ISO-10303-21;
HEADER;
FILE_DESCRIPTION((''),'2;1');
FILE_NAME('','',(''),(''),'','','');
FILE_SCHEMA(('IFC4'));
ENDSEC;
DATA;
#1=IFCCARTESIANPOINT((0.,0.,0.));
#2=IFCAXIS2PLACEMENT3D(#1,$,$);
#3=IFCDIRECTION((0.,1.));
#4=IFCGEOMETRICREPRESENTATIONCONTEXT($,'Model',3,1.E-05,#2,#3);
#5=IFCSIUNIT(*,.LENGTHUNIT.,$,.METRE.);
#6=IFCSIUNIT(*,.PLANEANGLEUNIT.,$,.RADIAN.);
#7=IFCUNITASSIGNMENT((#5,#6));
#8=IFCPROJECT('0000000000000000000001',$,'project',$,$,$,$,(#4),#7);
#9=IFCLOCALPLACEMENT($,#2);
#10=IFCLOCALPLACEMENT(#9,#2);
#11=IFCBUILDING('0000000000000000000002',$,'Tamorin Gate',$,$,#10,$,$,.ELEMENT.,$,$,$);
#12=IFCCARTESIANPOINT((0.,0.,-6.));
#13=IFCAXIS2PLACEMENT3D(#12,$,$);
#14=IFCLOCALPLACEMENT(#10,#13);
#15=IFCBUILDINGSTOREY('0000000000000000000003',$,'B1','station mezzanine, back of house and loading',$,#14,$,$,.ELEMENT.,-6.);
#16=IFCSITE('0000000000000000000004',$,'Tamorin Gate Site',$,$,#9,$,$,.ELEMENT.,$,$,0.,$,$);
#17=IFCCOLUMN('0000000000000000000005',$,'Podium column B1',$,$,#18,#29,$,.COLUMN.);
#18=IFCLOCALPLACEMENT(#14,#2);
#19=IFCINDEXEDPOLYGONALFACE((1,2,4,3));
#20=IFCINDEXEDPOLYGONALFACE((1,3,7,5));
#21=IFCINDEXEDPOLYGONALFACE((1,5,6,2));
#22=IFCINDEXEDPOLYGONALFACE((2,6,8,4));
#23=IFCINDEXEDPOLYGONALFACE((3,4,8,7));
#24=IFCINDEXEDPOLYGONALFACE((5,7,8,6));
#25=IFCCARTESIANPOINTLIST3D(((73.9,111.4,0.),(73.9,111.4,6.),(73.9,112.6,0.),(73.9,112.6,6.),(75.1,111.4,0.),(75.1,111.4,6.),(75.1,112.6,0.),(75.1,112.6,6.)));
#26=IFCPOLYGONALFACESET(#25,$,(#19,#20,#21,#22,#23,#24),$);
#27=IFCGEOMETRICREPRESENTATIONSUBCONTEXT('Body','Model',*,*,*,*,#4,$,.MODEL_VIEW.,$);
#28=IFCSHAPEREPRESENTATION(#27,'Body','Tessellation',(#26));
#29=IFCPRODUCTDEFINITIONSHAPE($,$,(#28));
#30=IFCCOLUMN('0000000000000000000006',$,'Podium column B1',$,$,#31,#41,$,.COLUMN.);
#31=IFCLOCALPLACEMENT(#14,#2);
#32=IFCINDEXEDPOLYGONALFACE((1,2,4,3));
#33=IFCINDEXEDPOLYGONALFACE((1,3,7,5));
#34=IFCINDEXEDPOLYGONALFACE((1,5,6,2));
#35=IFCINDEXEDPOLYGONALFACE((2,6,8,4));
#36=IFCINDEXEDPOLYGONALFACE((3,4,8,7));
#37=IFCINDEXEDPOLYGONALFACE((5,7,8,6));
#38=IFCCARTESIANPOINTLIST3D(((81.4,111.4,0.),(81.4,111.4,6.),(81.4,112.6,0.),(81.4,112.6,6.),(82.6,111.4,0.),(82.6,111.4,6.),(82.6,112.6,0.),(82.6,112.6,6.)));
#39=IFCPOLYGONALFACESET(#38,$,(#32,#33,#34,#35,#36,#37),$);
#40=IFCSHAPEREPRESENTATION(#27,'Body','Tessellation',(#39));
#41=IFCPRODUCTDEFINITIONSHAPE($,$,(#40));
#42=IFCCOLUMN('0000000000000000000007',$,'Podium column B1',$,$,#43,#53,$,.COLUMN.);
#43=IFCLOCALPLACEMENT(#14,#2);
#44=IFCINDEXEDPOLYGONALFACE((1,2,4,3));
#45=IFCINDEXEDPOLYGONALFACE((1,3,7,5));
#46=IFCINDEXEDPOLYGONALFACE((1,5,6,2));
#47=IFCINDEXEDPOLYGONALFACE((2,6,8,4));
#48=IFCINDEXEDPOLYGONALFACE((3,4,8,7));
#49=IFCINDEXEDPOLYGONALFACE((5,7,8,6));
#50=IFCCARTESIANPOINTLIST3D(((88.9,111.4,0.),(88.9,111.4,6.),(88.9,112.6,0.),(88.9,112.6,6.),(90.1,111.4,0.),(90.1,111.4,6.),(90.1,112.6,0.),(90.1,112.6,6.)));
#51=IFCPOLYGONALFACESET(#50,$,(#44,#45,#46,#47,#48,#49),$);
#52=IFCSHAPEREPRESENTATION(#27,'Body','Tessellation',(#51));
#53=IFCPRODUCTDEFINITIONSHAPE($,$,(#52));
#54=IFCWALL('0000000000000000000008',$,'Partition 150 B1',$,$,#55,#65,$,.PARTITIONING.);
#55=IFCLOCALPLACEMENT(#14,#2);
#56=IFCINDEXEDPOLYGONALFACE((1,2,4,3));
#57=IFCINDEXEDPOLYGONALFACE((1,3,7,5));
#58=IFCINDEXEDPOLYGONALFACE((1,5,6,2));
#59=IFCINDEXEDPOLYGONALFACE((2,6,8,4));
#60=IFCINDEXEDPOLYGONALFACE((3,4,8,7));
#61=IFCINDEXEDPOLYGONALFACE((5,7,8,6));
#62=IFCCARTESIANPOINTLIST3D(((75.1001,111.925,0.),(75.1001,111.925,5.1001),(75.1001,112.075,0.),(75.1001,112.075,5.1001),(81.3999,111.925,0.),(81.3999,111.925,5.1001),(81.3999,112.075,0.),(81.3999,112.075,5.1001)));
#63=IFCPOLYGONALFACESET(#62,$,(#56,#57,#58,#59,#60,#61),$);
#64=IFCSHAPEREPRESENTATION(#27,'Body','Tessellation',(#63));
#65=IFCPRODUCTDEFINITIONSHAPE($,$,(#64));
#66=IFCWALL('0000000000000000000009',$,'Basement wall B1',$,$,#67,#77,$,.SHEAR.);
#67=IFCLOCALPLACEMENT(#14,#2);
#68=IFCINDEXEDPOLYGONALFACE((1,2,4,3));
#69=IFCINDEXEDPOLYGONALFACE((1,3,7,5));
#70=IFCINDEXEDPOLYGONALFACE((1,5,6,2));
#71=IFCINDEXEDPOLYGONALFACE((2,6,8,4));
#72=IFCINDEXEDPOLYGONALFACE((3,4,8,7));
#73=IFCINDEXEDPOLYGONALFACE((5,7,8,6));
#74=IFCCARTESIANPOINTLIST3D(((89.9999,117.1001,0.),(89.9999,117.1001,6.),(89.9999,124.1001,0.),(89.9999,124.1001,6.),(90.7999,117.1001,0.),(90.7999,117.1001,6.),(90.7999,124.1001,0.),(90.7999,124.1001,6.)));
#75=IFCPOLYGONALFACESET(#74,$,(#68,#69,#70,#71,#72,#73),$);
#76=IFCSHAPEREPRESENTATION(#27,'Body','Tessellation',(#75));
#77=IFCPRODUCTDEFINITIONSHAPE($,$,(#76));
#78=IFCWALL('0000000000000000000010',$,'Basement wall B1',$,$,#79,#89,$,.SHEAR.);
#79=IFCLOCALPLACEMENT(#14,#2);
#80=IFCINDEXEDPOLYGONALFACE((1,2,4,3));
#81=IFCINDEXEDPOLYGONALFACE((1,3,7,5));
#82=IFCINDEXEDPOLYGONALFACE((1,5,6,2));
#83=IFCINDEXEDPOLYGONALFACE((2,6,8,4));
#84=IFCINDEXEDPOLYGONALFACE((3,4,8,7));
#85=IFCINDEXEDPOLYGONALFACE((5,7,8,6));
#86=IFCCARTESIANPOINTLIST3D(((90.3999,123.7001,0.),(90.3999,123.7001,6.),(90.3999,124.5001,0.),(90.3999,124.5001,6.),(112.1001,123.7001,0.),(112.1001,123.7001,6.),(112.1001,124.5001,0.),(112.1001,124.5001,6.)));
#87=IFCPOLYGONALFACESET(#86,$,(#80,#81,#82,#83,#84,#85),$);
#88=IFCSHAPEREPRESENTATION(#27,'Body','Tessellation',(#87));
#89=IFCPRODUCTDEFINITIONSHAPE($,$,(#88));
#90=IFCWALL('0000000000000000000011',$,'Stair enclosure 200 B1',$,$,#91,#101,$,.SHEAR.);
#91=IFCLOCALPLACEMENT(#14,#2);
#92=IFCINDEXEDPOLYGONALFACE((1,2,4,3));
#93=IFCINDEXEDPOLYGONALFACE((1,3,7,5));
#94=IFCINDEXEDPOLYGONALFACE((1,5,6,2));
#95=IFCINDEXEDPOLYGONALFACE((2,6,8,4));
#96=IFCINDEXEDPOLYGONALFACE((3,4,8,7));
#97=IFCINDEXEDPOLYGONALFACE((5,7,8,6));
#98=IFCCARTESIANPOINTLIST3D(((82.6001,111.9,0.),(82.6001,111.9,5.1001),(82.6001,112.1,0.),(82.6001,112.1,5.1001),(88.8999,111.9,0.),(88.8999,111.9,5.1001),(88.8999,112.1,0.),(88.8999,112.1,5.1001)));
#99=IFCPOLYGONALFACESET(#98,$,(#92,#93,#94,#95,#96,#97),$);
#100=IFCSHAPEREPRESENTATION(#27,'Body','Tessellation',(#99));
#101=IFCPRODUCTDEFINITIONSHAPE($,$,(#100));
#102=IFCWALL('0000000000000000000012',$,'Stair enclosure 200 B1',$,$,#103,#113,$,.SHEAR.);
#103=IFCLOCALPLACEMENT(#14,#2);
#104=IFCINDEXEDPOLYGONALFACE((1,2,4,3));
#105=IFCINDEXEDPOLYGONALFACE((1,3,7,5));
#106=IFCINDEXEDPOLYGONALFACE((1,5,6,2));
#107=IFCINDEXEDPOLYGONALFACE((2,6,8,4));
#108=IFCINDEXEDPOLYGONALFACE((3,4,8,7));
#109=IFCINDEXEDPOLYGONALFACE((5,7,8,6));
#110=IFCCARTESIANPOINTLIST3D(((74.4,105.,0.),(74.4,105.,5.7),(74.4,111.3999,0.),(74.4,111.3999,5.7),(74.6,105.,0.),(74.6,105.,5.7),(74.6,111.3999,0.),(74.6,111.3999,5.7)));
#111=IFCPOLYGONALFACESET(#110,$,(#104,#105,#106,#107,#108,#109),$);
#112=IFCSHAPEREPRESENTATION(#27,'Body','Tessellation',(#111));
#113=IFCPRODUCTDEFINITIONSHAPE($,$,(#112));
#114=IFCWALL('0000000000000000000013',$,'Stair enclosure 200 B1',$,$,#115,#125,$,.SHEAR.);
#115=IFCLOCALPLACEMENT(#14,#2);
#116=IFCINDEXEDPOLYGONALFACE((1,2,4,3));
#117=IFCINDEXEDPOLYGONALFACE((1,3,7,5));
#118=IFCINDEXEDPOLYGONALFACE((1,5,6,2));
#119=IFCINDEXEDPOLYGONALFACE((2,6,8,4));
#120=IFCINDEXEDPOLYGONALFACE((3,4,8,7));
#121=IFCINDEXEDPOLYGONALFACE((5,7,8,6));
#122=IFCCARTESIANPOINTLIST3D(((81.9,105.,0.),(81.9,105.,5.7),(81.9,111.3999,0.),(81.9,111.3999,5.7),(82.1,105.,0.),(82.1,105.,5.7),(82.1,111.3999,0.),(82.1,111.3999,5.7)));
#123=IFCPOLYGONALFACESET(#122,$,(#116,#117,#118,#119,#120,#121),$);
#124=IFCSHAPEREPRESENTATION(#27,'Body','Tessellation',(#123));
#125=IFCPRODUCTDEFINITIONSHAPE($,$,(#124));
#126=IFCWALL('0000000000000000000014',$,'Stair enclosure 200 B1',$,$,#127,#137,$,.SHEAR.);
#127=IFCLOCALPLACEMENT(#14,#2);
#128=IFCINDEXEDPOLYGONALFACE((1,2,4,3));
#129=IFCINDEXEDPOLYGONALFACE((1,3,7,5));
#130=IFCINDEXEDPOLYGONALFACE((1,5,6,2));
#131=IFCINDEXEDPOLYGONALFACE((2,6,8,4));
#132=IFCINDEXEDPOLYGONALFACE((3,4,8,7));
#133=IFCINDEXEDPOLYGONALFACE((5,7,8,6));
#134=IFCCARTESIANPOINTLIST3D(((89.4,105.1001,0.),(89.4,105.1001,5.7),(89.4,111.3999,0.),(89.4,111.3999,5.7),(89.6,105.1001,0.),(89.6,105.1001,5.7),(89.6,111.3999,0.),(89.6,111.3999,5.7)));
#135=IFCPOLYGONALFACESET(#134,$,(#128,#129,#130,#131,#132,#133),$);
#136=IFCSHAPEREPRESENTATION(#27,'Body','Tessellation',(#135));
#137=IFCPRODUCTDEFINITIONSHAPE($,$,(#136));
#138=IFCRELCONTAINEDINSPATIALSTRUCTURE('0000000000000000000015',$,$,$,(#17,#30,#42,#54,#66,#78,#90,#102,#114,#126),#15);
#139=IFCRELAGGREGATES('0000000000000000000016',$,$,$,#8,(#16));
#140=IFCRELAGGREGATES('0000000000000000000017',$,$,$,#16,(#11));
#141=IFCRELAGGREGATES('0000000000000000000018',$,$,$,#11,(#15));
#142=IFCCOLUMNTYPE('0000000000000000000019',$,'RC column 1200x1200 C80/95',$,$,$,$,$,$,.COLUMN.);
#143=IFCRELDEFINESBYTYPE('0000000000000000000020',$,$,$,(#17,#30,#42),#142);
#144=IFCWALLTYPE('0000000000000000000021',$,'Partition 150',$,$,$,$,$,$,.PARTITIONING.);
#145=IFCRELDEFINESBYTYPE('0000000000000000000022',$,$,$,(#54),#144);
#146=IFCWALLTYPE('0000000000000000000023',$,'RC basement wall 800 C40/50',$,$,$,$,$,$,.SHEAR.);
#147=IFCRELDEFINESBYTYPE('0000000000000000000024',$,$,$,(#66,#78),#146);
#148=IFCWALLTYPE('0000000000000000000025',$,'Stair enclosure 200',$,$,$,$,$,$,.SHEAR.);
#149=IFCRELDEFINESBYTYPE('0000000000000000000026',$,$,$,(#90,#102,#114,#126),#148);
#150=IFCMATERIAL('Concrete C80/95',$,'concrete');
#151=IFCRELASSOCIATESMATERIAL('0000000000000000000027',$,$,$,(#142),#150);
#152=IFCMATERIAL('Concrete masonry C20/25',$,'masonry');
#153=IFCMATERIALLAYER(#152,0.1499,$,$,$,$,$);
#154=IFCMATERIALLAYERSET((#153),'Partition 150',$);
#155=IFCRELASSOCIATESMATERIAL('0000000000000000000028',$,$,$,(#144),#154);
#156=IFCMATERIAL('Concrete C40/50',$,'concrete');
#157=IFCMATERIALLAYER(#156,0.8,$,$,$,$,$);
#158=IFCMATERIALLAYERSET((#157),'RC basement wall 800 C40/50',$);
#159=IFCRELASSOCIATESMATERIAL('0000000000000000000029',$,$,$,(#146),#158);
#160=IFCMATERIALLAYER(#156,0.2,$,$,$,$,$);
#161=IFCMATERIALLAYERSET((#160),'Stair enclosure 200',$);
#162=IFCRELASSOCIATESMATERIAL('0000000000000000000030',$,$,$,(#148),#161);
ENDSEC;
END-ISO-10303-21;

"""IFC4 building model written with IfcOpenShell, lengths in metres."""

from ifc_helpers import new_model, si_unit, direction, frame, frame_2d, origin, origin_2d, place, context, subcontext, project, spatial, rectangle, extrude, material, layer, layer_set, material_profile, profile_set, type_object, element, save


model = new_model("IFC4")

# Units and contexts
model_context = context("Model", 3, precision=1e-05, world=origin(), true_north=direction((0.0, 1.0)))
body_context = subcontext(model_context, "Body", "Model", "MODEL_VIEW")
ifc_project = project(units=[si_unit("LENGTHUNIT", "METRE"), si_unit("PLANEANGLEUNIT", "RADIAN")], contexts=[model_context])

# Site, building, storey
site_placement = place(None, origin())
site = spatial("IfcSite", under=ifc_project, at=site_placement, Name="Tamorin Gate Site", CompositionType="ELEMENT", RefElevation=0.0)
building_placement = place(site_placement, origin())
building = spatial("IfcBuilding", under=site, at=building_placement, Name="Tamorin Gate", CompositionType="ELEMENT")
storey_placement = place(building_placement, frame((0.0, 0.0, -6.0)))
storey = spatial("IfcBuildingStorey", under=building, at=storey_placement, Name="B1", Description="station mezzanine, back of house and loading", CompositionType="ELEMENT", Elevation=-6.0)

# Columns
ifc_material_1 = material(Name="Concrete C80/95", Category="concrete")
ifc_material_profile = material_profile(ifc_material_1, rectangle(XDim=1.2, YDim=1.2, at=origin_2d()), Name="RC 1200x1200")
ifc_profile_set = profile_set([ifc_material_profile], Name="Concrete C80/95")
column_type = type_object("IfcColumnType", Name="RC column 1200x1200 C80/95", PredefinedType="COLUMN", material=ifc_profile_set)
for number, where, z_axis, x_axis, name in (
    (1, (74.5, 112.0, 0.0), (0.0, 0.0, 1.0), (1.0, 0.0, 0.0), "Podium column B1"),
    (2, (82.0, 112.0, 0.0), (0.0, 0.0, 1.0), (1.0, 0.0, 0.0), "Podium column B1"),
    (3, (89.5, 112.0, 0.0), (0.0, 0.0, 1.0), (1.0, 0.0, 0.0), "Podium column B1"),
):
    element("IfcColumn", number, at=place(storey_placement, frame(where, z_axis=z_axis, x_axis=x_axis)), inside=storey, type_object=column_type, Name=name, PredefinedType="COLUMN", context=body_context, shape_type="SweptSolid", body=[
        extrude(rectangle(XDim=1.2, YDim=1.2, at=origin_2d()), origin(), (0.0, 0.0, 1.0), 6.0),
    ])

# Walls
ifc_material_2 = material(Name="Concrete masonry C20/25", Category="masonry")
ifc_layer_1 = layer(ifc_material_2, 0.1499)
ifc_layer_set_1 = layer_set([ifc_layer_1], Name="Partition 150")
wall_type_1 = type_object("IfcWallType", Name="Partition 150", PredefinedType="PARTITIONING", material=ifc_layer_set_1)
wall_1_placement = place(storey_placement, frame((75.1001, 112.0, 0.0), z_axis=(0.0, 0.0, 1.0), x_axis=(1.0, 0.0, 0.0)))
element("IfcWall", 4, at=wall_1_placement, inside=storey, type_object=wall_type_1, Name="Partition 150 B1", PredefinedType="PARTITIONING", context=body_context, shape_type="SweptSolid", body=[
    extrude(rectangle(XDim=6.2998, YDim=0.1499, at=frame_2d((3.1499, 0.0))), origin(), (0.0, 0.0, 1.0), 5.1001),
])
ifc_material_3 = material(Name="Concrete C40/50", Category="concrete")
ifc_layer_2 = layer(ifc_material_3, 0.8)
ifc_layer_set_2 = layer_set([ifc_layer_2], Name="RC basement wall 800 C40/50")
wall_type_2 = type_object("IfcWallType", Name="RC basement wall 800 C40/50", PredefinedType="SHEAR", material=ifc_layer_set_2)
wall_2_placement = place(storey_placement, frame((90.3999, 117.1001, 0.0), z_axis=(0.0, 0.0, 1.0), x_axis=(0.0, 1.0, 0.0)))
element("IfcWall", 5, at=wall_2_placement, inside=storey, type_object=wall_type_2, Name="Basement wall B1", PredefinedType="SHEAR", context=body_context, shape_type="SweptSolid", body=[
    extrude(rectangle(XDim=7.0, YDim=0.8, at=frame_2d((3.5, 0.0))), origin(), (0.0, 0.0, 1.0), 6.0),
])
wall_3_placement = place(storey_placement, frame((90.3999, 124.1001, 0.0), z_axis=(0.0, 0.0, 1.0), x_axis=(1.0, 0.0, 0.0)))
element("IfcWall", 6, at=wall_3_placement, inside=storey, type_object=wall_type_2, Name="Basement wall B1", PredefinedType="SHEAR", context=body_context, shape_type="SweptSolid", body=[
    extrude(rectangle(XDim=21.7002, YDim=0.8, at=frame_2d((10.8501, 0.0))), origin(), (0.0, 0.0, 1.0), 6.0),
])
ifc_layer_3 = layer(ifc_material_3, 0.2)
ifc_layer_set_3 = layer_set([ifc_layer_3], Name="Stair enclosure 200")
wall_type_3 = type_object("IfcWallType", Name="Stair enclosure 200", PredefinedType="SHEAR", material=ifc_layer_set_3)
wall_4_placement = place(storey_placement, frame((82.6001, 112.0, 0.0), z_axis=(0.0, 0.0, 1.0), x_axis=(1.0, 0.0, 0.0)))
element("IfcWall", 7, at=wall_4_placement, inside=storey, type_object=wall_type_3, Name="Stair enclosure 200 B1", PredefinedType="SHEAR", context=body_context, shape_type="SweptSolid", body=[
    extrude(rectangle(XDim=6.2998, YDim=0.2, at=frame_2d((3.1499, 0.0))), origin(), (0.0, 0.0, 1.0), 5.1001),
])
for number, where, z_axis, x_axis, name in (
    (8, (74.5, 105.0, 0.0), (0.0, 0.0, 1.0), (0.0, 1.0, 0.0), "Stair enclosure 200 B1"),
    (9, (82.0, 105.0, 0.0), (0.0, 0.0, 1.0), (0.0, 1.0, 0.0), "Stair enclosure 200 B1"),
):
    element("IfcWall", number, at=place(storey_placement, frame(where, z_axis=z_axis, x_axis=x_axis)), inside=storey, type_object=wall_type_3, Name=name, PredefinedType="SHEAR", context=body_context, shape_type="SweptSolid", body=[
        extrude(rectangle(XDim=6.3999, YDim=0.2, at=frame_2d((3.2, 0.0))), origin(), (0.0, 0.0, 1.0), 5.7),
    ])
wall_5_placement = place(storey_placement, frame((89.5, 105.1001, 0.0), z_axis=(0.0, 0.0, 1.0), x_axis=(0.0, 1.0, 0.0)))
element("IfcWall", 10, at=wall_5_placement, inside=storey, type_object=wall_type_3, Name="Stair enclosure 200 B1", PredefinedType="SHEAR", context=body_context, shape_type="SweptSolid", body=[
    extrude(rectangle(XDim=6.2998, YDim=0.2, at=frame_2d((3.1499, 0.0))), origin(), (0.0, 0.0, 1.0), 5.7),
])

save(model, "model.ifc")
